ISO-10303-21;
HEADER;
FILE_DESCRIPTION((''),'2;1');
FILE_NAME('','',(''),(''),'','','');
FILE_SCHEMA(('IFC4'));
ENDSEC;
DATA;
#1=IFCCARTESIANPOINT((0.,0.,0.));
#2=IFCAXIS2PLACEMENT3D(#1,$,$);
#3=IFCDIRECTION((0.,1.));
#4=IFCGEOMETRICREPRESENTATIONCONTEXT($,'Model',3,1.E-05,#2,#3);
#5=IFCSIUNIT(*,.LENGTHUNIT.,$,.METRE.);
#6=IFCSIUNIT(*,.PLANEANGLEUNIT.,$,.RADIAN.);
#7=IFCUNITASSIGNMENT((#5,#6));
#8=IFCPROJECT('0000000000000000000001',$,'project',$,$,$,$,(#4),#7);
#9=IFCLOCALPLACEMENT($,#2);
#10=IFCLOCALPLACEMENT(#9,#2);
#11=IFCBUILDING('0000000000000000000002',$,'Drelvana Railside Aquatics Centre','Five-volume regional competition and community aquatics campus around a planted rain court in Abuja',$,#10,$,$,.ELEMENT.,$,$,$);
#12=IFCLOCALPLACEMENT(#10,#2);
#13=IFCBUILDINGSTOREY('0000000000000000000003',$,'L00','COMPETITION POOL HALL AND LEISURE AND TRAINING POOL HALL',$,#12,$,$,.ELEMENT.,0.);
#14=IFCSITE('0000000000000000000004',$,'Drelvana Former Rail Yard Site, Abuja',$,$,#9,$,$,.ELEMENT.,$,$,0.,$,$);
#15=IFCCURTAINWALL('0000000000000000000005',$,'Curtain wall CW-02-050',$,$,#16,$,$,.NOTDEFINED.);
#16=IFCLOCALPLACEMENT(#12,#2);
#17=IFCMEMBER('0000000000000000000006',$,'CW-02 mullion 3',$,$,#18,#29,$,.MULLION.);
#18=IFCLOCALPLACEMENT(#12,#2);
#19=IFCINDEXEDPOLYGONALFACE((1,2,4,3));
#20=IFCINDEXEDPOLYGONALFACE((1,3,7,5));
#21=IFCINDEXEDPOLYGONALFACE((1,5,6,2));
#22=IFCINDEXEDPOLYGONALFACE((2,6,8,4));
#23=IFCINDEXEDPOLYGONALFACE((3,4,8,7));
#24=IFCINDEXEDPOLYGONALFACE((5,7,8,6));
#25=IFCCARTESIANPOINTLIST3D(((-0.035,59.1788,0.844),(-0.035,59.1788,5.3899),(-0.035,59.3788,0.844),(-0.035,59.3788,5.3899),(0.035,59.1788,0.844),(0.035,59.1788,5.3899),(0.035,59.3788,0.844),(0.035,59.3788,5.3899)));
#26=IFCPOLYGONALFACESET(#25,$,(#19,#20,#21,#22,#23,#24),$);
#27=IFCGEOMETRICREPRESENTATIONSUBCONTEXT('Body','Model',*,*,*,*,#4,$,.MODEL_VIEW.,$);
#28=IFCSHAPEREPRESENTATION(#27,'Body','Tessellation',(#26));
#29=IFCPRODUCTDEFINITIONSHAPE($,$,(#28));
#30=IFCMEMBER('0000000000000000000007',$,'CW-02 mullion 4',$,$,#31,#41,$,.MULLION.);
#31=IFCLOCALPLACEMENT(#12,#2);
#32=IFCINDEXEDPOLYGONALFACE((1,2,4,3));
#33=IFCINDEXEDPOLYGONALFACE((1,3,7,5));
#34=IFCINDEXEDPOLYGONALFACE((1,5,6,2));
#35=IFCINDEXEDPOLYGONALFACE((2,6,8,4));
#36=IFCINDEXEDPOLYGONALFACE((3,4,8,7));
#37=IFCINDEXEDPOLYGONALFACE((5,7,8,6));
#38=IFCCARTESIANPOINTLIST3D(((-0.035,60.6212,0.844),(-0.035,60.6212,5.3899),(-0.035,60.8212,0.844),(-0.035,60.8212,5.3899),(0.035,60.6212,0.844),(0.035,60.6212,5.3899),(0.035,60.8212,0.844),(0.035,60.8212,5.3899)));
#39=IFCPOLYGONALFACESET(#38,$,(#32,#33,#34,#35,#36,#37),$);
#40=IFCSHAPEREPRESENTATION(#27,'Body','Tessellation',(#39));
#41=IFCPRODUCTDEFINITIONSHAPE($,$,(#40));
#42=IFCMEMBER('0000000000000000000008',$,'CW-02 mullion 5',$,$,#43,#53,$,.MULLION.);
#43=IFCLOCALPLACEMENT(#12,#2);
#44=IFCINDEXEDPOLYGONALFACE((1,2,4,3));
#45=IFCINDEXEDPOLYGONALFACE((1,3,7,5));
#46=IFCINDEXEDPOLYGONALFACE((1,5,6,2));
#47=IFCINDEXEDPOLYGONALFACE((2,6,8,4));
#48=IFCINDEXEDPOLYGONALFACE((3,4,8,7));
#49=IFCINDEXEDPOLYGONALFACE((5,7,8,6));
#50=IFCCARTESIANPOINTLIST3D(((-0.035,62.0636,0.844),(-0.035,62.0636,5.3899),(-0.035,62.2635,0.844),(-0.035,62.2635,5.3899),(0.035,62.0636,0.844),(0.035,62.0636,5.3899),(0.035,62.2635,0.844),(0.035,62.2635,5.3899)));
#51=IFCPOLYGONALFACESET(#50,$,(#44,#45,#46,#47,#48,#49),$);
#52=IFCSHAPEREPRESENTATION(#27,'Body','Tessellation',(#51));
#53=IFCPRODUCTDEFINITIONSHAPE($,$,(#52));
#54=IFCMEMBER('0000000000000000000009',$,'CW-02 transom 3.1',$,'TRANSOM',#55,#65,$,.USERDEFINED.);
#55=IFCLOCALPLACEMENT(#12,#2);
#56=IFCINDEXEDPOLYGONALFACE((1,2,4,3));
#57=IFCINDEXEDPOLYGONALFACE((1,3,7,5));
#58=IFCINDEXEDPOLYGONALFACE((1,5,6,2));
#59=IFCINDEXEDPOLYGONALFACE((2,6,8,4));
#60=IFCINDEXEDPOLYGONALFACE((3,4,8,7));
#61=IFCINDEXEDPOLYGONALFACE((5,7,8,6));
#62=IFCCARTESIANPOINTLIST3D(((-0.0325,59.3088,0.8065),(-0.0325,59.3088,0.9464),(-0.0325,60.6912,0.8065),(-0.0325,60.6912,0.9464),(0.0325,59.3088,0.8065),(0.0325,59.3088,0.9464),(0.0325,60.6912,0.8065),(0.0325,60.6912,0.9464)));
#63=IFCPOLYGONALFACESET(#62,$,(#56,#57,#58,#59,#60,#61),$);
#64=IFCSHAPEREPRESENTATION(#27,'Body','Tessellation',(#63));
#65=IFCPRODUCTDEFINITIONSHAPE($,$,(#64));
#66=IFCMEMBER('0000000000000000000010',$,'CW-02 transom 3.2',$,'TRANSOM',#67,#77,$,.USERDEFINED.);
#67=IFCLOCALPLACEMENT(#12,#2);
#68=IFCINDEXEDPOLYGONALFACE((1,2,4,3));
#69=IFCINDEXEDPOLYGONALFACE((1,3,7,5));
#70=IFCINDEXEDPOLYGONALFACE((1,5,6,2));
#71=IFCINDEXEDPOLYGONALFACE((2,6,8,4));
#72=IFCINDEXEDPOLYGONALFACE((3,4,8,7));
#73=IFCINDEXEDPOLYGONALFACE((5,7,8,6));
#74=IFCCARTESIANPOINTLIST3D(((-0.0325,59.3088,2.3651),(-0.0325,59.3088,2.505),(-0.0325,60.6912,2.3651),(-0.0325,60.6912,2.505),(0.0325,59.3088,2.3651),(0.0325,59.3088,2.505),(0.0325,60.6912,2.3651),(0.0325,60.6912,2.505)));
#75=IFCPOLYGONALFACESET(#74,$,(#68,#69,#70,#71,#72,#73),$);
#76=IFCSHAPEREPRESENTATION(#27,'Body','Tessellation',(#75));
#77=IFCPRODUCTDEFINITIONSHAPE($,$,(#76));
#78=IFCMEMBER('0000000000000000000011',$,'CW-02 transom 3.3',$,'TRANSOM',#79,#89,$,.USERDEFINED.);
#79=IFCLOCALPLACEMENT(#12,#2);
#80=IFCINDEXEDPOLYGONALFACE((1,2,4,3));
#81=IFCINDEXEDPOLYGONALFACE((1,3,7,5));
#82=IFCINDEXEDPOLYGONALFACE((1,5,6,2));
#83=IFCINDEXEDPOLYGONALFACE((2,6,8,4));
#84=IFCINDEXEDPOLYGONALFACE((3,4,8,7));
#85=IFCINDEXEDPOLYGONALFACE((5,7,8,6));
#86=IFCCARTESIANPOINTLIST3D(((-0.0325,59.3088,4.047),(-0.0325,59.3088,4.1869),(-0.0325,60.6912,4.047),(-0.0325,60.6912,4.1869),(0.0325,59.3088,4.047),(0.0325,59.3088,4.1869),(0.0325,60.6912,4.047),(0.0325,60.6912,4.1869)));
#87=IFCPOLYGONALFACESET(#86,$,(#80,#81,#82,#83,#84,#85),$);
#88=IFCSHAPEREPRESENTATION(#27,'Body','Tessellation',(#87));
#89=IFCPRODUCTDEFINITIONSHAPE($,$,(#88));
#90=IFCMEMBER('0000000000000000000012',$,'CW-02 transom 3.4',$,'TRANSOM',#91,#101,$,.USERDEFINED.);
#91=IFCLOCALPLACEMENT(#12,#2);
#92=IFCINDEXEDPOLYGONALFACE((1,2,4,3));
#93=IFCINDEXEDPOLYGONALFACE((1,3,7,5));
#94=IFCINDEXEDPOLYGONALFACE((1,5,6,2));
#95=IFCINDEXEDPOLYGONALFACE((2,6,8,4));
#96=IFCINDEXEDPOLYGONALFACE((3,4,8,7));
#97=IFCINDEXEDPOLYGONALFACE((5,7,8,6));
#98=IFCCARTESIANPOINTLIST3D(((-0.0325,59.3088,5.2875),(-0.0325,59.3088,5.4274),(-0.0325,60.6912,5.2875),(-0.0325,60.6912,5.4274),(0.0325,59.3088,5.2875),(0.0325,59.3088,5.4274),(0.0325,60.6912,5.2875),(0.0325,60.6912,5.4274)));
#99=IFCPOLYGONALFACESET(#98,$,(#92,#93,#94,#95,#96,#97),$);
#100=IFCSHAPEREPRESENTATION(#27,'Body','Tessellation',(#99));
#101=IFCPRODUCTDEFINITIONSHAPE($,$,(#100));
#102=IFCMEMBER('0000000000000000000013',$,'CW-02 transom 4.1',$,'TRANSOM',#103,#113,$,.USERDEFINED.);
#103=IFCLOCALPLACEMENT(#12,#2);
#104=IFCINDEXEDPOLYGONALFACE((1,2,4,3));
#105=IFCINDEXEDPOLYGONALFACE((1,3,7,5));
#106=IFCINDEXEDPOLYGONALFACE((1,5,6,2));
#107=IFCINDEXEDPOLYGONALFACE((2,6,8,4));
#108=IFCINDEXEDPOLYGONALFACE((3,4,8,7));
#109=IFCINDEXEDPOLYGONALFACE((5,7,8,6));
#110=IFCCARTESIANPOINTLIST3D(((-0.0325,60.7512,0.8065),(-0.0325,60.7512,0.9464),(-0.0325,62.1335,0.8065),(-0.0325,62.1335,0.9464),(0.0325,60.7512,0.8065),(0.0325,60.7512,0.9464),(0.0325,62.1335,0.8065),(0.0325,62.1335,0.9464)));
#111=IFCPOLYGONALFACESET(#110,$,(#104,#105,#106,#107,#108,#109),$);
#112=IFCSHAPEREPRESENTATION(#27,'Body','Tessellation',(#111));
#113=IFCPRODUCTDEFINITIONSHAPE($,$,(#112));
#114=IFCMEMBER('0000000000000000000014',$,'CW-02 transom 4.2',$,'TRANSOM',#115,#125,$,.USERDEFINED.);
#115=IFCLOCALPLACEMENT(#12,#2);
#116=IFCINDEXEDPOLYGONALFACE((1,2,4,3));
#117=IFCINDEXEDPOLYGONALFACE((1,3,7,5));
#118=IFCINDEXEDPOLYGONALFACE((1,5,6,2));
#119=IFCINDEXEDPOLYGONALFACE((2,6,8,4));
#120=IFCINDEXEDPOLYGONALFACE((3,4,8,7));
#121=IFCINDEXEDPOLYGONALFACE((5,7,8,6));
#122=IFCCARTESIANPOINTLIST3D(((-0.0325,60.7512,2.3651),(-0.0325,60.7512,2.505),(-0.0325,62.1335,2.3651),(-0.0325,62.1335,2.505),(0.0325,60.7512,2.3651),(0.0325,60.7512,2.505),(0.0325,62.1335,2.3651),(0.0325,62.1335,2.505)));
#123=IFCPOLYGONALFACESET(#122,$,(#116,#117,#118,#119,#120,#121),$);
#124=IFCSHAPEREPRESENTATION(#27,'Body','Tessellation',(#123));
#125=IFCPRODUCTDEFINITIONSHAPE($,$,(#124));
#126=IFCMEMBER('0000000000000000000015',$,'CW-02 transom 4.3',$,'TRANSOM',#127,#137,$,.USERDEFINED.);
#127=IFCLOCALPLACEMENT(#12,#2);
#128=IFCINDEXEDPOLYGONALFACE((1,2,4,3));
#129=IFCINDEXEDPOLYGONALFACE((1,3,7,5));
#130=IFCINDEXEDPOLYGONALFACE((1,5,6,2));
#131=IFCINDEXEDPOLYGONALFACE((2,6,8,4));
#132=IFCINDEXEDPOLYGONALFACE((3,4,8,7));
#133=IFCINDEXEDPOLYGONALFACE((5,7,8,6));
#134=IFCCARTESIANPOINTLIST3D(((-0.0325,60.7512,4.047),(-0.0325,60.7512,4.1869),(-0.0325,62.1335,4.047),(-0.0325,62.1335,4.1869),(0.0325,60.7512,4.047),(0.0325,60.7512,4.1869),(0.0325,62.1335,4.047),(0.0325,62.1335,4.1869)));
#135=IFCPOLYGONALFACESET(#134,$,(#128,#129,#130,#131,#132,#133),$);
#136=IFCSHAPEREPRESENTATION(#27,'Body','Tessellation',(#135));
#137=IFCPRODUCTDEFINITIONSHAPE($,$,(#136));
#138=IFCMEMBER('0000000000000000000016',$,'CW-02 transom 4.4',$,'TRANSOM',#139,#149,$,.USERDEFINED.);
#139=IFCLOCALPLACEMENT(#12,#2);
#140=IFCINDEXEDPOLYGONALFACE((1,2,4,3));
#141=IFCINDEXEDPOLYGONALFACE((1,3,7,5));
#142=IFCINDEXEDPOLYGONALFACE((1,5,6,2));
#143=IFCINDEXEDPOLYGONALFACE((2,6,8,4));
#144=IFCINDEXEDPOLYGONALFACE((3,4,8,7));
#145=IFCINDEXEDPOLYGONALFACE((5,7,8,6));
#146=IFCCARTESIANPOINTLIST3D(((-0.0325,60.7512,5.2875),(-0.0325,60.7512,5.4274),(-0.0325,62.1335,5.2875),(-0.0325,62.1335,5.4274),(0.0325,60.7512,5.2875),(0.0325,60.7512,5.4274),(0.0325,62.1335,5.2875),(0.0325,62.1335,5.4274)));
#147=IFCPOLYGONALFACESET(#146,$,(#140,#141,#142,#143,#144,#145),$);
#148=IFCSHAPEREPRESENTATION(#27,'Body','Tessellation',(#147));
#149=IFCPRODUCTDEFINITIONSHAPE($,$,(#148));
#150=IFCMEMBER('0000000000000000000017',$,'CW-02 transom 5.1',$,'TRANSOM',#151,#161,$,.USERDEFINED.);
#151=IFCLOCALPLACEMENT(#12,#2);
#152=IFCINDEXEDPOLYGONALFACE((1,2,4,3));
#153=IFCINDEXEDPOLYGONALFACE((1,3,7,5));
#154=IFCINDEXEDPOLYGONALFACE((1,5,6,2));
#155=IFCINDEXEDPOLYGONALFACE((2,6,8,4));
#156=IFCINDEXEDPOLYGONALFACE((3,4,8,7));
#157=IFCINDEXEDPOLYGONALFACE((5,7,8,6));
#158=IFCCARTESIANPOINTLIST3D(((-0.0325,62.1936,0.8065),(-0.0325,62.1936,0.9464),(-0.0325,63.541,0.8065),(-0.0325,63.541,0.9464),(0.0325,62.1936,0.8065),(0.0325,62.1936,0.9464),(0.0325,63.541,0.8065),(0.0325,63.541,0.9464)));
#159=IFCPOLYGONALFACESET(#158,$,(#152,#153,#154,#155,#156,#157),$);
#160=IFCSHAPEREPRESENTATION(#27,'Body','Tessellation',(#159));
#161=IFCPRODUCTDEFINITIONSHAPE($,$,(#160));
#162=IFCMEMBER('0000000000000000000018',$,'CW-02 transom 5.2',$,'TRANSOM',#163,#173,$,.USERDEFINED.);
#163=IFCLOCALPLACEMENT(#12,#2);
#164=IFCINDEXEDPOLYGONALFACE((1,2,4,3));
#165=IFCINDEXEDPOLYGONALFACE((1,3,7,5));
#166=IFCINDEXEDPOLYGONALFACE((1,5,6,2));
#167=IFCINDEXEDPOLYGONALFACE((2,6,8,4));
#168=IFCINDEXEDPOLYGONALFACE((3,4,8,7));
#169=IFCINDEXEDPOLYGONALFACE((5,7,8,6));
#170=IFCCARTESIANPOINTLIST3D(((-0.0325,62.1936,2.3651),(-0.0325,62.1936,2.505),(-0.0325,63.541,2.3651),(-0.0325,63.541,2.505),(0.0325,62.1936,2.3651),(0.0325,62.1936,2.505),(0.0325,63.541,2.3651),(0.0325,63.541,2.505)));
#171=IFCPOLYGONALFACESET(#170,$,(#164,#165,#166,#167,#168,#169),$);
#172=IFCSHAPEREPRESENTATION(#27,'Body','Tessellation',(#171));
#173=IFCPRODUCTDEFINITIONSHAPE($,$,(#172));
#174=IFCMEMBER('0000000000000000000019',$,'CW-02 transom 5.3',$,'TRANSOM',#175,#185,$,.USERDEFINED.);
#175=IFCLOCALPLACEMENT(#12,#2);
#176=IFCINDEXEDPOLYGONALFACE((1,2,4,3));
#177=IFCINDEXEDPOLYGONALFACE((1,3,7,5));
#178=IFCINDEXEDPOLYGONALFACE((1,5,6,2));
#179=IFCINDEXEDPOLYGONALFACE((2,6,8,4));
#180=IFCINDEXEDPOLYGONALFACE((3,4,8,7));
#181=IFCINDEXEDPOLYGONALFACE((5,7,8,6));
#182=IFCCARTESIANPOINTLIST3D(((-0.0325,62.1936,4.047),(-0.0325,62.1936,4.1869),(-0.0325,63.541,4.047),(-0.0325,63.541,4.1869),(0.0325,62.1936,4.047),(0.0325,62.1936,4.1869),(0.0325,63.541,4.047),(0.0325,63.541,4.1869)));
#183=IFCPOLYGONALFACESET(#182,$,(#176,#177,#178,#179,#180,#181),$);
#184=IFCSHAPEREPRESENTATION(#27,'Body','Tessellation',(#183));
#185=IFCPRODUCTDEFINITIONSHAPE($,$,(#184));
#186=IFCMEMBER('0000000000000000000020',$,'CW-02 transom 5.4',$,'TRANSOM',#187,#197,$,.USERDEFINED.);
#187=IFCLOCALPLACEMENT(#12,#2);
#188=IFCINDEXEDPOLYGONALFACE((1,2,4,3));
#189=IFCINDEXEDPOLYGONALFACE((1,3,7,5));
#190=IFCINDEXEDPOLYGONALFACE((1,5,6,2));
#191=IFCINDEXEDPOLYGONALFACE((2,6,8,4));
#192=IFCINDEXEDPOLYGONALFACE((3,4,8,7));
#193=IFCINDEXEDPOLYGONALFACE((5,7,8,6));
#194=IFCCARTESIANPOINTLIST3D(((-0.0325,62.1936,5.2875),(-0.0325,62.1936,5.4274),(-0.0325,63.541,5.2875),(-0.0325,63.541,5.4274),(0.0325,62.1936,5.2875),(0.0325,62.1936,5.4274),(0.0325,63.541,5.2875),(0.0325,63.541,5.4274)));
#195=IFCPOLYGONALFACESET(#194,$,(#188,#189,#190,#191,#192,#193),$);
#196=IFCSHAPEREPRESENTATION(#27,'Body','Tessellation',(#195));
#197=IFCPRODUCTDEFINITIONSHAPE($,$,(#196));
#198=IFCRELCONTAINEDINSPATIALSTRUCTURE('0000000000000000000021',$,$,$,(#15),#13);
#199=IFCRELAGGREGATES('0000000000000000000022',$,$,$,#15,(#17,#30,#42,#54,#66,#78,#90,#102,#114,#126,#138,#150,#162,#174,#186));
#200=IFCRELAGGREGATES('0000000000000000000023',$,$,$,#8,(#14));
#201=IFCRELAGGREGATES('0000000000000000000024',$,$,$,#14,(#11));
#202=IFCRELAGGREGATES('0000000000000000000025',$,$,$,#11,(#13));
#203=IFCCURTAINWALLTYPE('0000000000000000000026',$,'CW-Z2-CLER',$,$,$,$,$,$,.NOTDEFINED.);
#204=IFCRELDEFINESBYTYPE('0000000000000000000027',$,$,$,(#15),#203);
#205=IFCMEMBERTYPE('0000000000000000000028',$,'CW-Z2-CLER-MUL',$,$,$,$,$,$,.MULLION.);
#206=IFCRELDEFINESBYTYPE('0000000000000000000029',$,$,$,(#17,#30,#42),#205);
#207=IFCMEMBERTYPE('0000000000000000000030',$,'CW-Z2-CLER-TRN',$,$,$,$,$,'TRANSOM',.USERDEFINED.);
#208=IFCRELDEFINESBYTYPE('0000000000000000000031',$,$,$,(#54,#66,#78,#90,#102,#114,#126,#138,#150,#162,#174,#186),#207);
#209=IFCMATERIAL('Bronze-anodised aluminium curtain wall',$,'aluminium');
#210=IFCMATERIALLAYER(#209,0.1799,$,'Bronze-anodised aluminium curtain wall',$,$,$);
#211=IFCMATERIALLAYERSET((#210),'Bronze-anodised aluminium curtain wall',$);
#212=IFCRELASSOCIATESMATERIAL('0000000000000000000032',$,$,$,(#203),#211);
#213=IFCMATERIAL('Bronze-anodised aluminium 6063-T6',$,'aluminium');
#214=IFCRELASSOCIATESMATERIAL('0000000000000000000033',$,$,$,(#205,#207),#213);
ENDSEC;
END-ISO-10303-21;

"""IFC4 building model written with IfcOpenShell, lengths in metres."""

from ifc_helpers import new_model, si_unit, direction, frame, origin, origin_2d, place, context, subcontext, project, spatial, rectangle, extrude, material, layer, layer_set, material_profile, profile_set, type_object, element, aggregate, save


model = new_model("IFC4")

# Units and contexts
model_context = context("Model", 3, precision=1e-05, world=origin(), true_north=direction((0.0, 1.0)))
body_context = subcontext(model_context, "Body", "Model", "MODEL_VIEW")
ifc_project = project(units=[si_unit("LENGTHUNIT", "METRE"), si_unit("PLANEANGLEUNIT", "RADIAN")], contexts=[model_context])

# Site, building, storey
site_placement = place(None, origin())
site = spatial("IfcSite", under=ifc_project, at=site_placement, Name="Drelvana Former Rail Yard Site, Abuja", CompositionType="ELEMENT", RefElevation=0.0)
building_placement = place(site_placement, origin())
building = spatial("IfcBuilding", under=site, at=building_placement, Name="Drelvana Railside Aquatics Centre", Description="Five-volume regional competition and community aquatics campus around a planted rain court in Abuja", CompositionType="ELEMENT")
storey_placement = place(building_placement, origin())
storey = spatial("IfcBuildingStorey", under=building, at=storey_placement, Name="L00", Description="COMPETITION POOL HALL AND LEISURE AND TRAINING POOL HALL", CompositionType="ELEMENT", Elevation=0.0)

# Curtain wall, members
ifc_material_1 = material(Name="Bronze-anodised aluminium curtain wall", Category="aluminium")
ifc_layer_1 = layer(ifc_material_1, 0.1799, Name="Bronze-anodised aluminium curtain wall")
ifc_layer_set_1 = layer_set([ifc_layer_1], Name="Bronze-anodised aluminium curtain wall")
curtain_wall_type = type_object("IfcCurtainWallType", Name="CW-Z2-CLER", PredefinedType="NOTDEFINED", material=ifc_layer_set_1)
curtain_wall_placement = place(storey_placement, origin())
curtain_wall = element("IfcCurtainWall", 1, at=curtain_wall_placement, inside=storey, type_object=curtain_wall_type, Name="Curtain wall CW-02-050", PredefinedType="NOTDEFINED")
ifc_material_2 = material(Name="Bronze-anodised aluminium 6063-T6", Category="aluminium")
ifc_material_profile_1 = material_profile(ifc_material_2, rectangle(XDim=0.0701, YDim=0.2, at=origin_2d()), Name="ALU-M 70x200")
ifc_profile_set_1 = profile_set([ifc_material_profile_1], Name="Bronze-anodised aluminium 6063-T6")
member_type_1 = type_object("IfcMemberType", Name="CW-Z2-CLER-MUL", PredefinedType="MULLION", material=ifc_profile_set_1)
member_1_placement = place(storey_placement, frame((0.0, 59.2788, 0.844), z_axis=(0.0, 0.0, 1.0), x_axis=(-1.0, 0.0, 0.0)))
member_1 = element("IfcMember", 2, at=member_1_placement, type_object=member_type_1, Name="CW-02 mullion 3", PredefinedType="MULLION", context=body_context, shape_type="SweptSolid", body=[
    extrude(rectangle(XDim=0.0701, YDim=0.2, at=origin_2d()), origin(), (0.0, 0.0, 1.0), 4.5459),
])
member_2_placement = place(storey_placement, frame((0.0, 60.7212, 0.844), z_axis=(0.0, 0.0, 1.0), x_axis=(-1.0, 0.0, 0.0)))
member_2 = element("IfcMember", 3, at=member_2_placement, type_object=member_type_1, Name="CW-02 mullion 4", PredefinedType="MULLION", context=body_context, shape_type="SweptSolid", body=[
    extrude(rectangle(XDim=0.0701, YDim=0.2, at=origin_2d()), origin(), (0.0, 0.0, 1.0), 4.5459),
])
member_3_placement = place(storey_placement, frame((0.0, 62.1636, 0.844), z_axis=(0.0, 0.0, 1.0), x_axis=(-1.0, 0.0, 0.0)))
member_3 = element("IfcMember", 4, at=member_3_placement, type_object=member_type_1, Name="CW-02 mullion 5", PredefinedType="MULLION", context=body_context, shape_type="SweptSolid", body=[
    extrude(rectangle(XDim=0.0701, YDim=0.2, at=origin_2d()), origin(), (0.0, 0.0, 1.0), 4.5459),
])
ifc_material_profile_2 = material_profile(ifc_material_2, rectangle(XDim=0.1399, YDim=0.0649, at=origin_2d()), Name="ALU-T 65x140")
ifc_profile_set_2 = profile_set([ifc_material_profile_2], Name="Bronze-anodised aluminium 6063-T6")
member_type_2 = type_object("IfcMemberType", Name="CW-Z2-CLER-TRN", ElementType="TRANSOM", PredefinedType="USERDEFINED", material=ifc_profile_set_2)
member_4_placement = place(storey_placement, frame((0.0, 59.3088, 0.8765), z_axis=(0.0, 1.0, 0.0), x_axis=(0.0, 0.0, 1.0)))
member_4 = element("IfcMember", 5, at=member_4_placement, type_object=member_type_2, Name="CW-02 transom 3.1", ObjectType="TRANSOM", PredefinedType="USERDEFINED", context=body_context, shape_type="SweptSolid", body=[
    extrude(rectangle(XDim=0.1399, YDim=0.0649, at=origin_2d()), origin(), (0.0, 0.0, 1.0), 1.3823),
])
member_5_placement = place(storey_placement, frame((0.0, 59.3088, 2.4351), z_axis=(0.0, 1.0, 0.0), x_axis=(0.0, 0.0, 1.0)))
member_5 = element("IfcMember", 6, at=member_5_placement, type_object=member_type_2, Name="CW-02 transom 3.2", ObjectType="TRANSOM", PredefinedType="USERDEFINED", context=body_context, shape_type="SweptSolid", body=[
    extrude(rectangle(XDim=0.1399, YDim=0.0649, at=origin_2d()), origin(), (0.0, 0.0, 1.0), 1.3823),
])
member_6_placement = place(storey_placement, frame((0.0, 59.3088, 4.1169), z_axis=(0.0, 1.0, 0.0), x_axis=(0.0, 0.0, 1.0)))
member_6 = element("IfcMember", 7, at=member_6_placement, type_object=member_type_2, Name="CW-02 transom 3.3", ObjectType="TRANSOM", PredefinedType="USERDEFINED", context=body_context, shape_type="SweptSolid", body=[
    extrude(rectangle(XDim=0.1399, YDim=0.0649, at=origin_2d()), origin(), (0.0, 0.0, 1.0), 1.3823),
])
member_7_placement = place(storey_placement, frame((0.0, 59.3088, 5.3574), z_axis=(0.0, 1.0, 0.0), x_axis=(0.0, 0.0, 1.0)))
member_7 = element("IfcMember", 8, at=member_7_placement, type_object=member_type_2, Name="CW-02 transom 3.4", ObjectType="TRANSOM", PredefinedType="USERDEFINED", context=body_context, shape_type="SweptSolid", body=[
    extrude(rectangle(XDim=0.1399, YDim=0.0649, at=origin_2d()), origin(), (0.0, 0.0, 1.0), 1.3823),
])
member_8_placement = place(storey_placement, frame((0.0, 60.7512, 0.8765), z_axis=(0.0, 1.0, 0.0), x_axis=(0.0, 0.0, 1.0)))
member_8 = element("IfcMember", 9, at=member_8_placement, type_object=member_type_2, Name="CW-02 transom 4.1", ObjectType="TRANSOM", PredefinedType="USERDEFINED", context=body_context, shape_type="SweptSolid", body=[
    extrude(rectangle(XDim=0.1399, YDim=0.0649, at=origin_2d()), origin(), (0.0, 0.0, 1.0), 1.3823),
])
member_9_placement = place(storey_placement, frame((0.0, 60.7512, 2.4351), z_axis=(0.0, 1.0, 0.0), x_axis=(0.0, 0.0, 1.0)))
member_9 = element("IfcMember", 10, at=member_9_placement, type_object=member_type_2, Name="CW-02 transom 4.2", ObjectType="TRANSOM", PredefinedType="USERDEFINED", context=body_context, shape_type="SweptSolid", body=[
    extrude(rectangle(XDim=0.1399, YDim=0.0649, at=origin_2d()), origin(), (0.0, 0.0, 1.0), 1.3823),
])
member_10_placement = place(storey_placement, frame((0.0, 60.7512, 4.1169), z_axis=(0.0, 1.0, 0.0), x_axis=(0.0, 0.0, 1.0)))
member_10 = element("IfcMember", 11, at=member_10_placement, type_object=member_type_2, Name="CW-02 transom 4.3", ObjectType="TRANSOM", PredefinedType="USERDEFINED", context=body_context, shape_type="SweptSolid", body=[
    extrude(rectangle(XDim=0.1399, YDim=0.0649, at=origin_2d()), origin(), (0.0, 0.0, 1.0), 1.3823),
])
member_11_placement = place(storey_placement, frame((0.0, 60.7512, 5.3574), z_axis=(0.0, 1.0, 0.0), x_axis=(0.0, 0.0, 1.0)))
member_11 = element("IfcMember", 12, at=member_11_placement, type_object=member_type_2, Name="CW-02 transom 4.4", ObjectType="TRANSOM", PredefinedType="USERDEFINED", context=body_context, shape_type="SweptSolid", body=[
    extrude(rectangle(XDim=0.1399, YDim=0.0649, at=origin_2d()), origin(), (0.0, 0.0, 1.0), 1.3823),
])
member_12_placement = place(storey_placement, frame((0.0, 62.1936, 0.8765), z_axis=(0.0, 1.0, 0.0), x_axis=(0.0, 0.0, 1.0)))
member_12 = element("IfcMember", 13, at=member_12_placement, type_object=member_type_2, Name="CW-02 transom 5.1", ObjectType="TRANSOM", PredefinedType="USERDEFINED", context=body_context, shape_type="SweptSolid", body=[
    extrude(rectangle(XDim=0.1399, YDim=0.0649, at=origin_2d()), origin(), (0.0, 0.0, 1.0), 1.3474),
])
member_13_placement = place(storey_placement, frame((0.0, 62.1936, 2.4351), z_axis=(0.0, 1.0, 0.0), x_axis=(0.0, 0.0, 1.0)))
member_13 = element("IfcMember", 14, at=member_13_placement, type_object=member_type_2, Name="CW-02 transom 5.2", ObjectType="TRANSOM", PredefinedType="USERDEFINED", context=body_context, shape_type="SweptSolid", body=[
    extrude(rectangle(XDim=0.1399, YDim=0.0649, at=origin_2d()), origin(), (0.0, 0.0, 1.0), 1.3474),
])
member_14_placement = place(storey_placement, frame((0.0, 62.1936, 4.1169), z_axis=(0.0, 1.0, 0.0), x_axis=(0.0, 0.0, 1.0)))
member_14 = element("IfcMember", 15, at=member_14_placement, type_object=member_type_2, Name="CW-02 transom 5.3", ObjectType="TRANSOM", PredefinedType="USERDEFINED", context=body_context, shape_type="SweptSolid", body=[
    extrude(rectangle(XDim=0.1399, YDim=0.0649, at=origin_2d()), origin(), (0.0, 0.0, 1.0), 1.3474),
])
member_15_placement = place(storey_placement, frame((0.0, 62.1936, 5.3574), z_axis=(0.0, 1.0, 0.0), x_axis=(0.0, 0.0, 1.0)))
member_15 = element("IfcMember", 16, at=member_15_placement, type_object=member_type_2, Name="CW-02 transom 5.4", ObjectType="TRANSOM", PredefinedType="USERDEFINED", context=body_context, shape_type="SweptSolid", body=[
    extrude(rectangle(XDim=0.1399, YDim=0.0649, at=origin_2d()), origin(), (0.0, 0.0, 1.0), 1.3474),
])
aggregate(curtain_wall, [member_1, member_2, member_3, member_4, member_5, member_6, member_7, member_8, member_9, member_10, member_11, member_12, member_13, member_14, member_15])

save(model, "model.ifc")
